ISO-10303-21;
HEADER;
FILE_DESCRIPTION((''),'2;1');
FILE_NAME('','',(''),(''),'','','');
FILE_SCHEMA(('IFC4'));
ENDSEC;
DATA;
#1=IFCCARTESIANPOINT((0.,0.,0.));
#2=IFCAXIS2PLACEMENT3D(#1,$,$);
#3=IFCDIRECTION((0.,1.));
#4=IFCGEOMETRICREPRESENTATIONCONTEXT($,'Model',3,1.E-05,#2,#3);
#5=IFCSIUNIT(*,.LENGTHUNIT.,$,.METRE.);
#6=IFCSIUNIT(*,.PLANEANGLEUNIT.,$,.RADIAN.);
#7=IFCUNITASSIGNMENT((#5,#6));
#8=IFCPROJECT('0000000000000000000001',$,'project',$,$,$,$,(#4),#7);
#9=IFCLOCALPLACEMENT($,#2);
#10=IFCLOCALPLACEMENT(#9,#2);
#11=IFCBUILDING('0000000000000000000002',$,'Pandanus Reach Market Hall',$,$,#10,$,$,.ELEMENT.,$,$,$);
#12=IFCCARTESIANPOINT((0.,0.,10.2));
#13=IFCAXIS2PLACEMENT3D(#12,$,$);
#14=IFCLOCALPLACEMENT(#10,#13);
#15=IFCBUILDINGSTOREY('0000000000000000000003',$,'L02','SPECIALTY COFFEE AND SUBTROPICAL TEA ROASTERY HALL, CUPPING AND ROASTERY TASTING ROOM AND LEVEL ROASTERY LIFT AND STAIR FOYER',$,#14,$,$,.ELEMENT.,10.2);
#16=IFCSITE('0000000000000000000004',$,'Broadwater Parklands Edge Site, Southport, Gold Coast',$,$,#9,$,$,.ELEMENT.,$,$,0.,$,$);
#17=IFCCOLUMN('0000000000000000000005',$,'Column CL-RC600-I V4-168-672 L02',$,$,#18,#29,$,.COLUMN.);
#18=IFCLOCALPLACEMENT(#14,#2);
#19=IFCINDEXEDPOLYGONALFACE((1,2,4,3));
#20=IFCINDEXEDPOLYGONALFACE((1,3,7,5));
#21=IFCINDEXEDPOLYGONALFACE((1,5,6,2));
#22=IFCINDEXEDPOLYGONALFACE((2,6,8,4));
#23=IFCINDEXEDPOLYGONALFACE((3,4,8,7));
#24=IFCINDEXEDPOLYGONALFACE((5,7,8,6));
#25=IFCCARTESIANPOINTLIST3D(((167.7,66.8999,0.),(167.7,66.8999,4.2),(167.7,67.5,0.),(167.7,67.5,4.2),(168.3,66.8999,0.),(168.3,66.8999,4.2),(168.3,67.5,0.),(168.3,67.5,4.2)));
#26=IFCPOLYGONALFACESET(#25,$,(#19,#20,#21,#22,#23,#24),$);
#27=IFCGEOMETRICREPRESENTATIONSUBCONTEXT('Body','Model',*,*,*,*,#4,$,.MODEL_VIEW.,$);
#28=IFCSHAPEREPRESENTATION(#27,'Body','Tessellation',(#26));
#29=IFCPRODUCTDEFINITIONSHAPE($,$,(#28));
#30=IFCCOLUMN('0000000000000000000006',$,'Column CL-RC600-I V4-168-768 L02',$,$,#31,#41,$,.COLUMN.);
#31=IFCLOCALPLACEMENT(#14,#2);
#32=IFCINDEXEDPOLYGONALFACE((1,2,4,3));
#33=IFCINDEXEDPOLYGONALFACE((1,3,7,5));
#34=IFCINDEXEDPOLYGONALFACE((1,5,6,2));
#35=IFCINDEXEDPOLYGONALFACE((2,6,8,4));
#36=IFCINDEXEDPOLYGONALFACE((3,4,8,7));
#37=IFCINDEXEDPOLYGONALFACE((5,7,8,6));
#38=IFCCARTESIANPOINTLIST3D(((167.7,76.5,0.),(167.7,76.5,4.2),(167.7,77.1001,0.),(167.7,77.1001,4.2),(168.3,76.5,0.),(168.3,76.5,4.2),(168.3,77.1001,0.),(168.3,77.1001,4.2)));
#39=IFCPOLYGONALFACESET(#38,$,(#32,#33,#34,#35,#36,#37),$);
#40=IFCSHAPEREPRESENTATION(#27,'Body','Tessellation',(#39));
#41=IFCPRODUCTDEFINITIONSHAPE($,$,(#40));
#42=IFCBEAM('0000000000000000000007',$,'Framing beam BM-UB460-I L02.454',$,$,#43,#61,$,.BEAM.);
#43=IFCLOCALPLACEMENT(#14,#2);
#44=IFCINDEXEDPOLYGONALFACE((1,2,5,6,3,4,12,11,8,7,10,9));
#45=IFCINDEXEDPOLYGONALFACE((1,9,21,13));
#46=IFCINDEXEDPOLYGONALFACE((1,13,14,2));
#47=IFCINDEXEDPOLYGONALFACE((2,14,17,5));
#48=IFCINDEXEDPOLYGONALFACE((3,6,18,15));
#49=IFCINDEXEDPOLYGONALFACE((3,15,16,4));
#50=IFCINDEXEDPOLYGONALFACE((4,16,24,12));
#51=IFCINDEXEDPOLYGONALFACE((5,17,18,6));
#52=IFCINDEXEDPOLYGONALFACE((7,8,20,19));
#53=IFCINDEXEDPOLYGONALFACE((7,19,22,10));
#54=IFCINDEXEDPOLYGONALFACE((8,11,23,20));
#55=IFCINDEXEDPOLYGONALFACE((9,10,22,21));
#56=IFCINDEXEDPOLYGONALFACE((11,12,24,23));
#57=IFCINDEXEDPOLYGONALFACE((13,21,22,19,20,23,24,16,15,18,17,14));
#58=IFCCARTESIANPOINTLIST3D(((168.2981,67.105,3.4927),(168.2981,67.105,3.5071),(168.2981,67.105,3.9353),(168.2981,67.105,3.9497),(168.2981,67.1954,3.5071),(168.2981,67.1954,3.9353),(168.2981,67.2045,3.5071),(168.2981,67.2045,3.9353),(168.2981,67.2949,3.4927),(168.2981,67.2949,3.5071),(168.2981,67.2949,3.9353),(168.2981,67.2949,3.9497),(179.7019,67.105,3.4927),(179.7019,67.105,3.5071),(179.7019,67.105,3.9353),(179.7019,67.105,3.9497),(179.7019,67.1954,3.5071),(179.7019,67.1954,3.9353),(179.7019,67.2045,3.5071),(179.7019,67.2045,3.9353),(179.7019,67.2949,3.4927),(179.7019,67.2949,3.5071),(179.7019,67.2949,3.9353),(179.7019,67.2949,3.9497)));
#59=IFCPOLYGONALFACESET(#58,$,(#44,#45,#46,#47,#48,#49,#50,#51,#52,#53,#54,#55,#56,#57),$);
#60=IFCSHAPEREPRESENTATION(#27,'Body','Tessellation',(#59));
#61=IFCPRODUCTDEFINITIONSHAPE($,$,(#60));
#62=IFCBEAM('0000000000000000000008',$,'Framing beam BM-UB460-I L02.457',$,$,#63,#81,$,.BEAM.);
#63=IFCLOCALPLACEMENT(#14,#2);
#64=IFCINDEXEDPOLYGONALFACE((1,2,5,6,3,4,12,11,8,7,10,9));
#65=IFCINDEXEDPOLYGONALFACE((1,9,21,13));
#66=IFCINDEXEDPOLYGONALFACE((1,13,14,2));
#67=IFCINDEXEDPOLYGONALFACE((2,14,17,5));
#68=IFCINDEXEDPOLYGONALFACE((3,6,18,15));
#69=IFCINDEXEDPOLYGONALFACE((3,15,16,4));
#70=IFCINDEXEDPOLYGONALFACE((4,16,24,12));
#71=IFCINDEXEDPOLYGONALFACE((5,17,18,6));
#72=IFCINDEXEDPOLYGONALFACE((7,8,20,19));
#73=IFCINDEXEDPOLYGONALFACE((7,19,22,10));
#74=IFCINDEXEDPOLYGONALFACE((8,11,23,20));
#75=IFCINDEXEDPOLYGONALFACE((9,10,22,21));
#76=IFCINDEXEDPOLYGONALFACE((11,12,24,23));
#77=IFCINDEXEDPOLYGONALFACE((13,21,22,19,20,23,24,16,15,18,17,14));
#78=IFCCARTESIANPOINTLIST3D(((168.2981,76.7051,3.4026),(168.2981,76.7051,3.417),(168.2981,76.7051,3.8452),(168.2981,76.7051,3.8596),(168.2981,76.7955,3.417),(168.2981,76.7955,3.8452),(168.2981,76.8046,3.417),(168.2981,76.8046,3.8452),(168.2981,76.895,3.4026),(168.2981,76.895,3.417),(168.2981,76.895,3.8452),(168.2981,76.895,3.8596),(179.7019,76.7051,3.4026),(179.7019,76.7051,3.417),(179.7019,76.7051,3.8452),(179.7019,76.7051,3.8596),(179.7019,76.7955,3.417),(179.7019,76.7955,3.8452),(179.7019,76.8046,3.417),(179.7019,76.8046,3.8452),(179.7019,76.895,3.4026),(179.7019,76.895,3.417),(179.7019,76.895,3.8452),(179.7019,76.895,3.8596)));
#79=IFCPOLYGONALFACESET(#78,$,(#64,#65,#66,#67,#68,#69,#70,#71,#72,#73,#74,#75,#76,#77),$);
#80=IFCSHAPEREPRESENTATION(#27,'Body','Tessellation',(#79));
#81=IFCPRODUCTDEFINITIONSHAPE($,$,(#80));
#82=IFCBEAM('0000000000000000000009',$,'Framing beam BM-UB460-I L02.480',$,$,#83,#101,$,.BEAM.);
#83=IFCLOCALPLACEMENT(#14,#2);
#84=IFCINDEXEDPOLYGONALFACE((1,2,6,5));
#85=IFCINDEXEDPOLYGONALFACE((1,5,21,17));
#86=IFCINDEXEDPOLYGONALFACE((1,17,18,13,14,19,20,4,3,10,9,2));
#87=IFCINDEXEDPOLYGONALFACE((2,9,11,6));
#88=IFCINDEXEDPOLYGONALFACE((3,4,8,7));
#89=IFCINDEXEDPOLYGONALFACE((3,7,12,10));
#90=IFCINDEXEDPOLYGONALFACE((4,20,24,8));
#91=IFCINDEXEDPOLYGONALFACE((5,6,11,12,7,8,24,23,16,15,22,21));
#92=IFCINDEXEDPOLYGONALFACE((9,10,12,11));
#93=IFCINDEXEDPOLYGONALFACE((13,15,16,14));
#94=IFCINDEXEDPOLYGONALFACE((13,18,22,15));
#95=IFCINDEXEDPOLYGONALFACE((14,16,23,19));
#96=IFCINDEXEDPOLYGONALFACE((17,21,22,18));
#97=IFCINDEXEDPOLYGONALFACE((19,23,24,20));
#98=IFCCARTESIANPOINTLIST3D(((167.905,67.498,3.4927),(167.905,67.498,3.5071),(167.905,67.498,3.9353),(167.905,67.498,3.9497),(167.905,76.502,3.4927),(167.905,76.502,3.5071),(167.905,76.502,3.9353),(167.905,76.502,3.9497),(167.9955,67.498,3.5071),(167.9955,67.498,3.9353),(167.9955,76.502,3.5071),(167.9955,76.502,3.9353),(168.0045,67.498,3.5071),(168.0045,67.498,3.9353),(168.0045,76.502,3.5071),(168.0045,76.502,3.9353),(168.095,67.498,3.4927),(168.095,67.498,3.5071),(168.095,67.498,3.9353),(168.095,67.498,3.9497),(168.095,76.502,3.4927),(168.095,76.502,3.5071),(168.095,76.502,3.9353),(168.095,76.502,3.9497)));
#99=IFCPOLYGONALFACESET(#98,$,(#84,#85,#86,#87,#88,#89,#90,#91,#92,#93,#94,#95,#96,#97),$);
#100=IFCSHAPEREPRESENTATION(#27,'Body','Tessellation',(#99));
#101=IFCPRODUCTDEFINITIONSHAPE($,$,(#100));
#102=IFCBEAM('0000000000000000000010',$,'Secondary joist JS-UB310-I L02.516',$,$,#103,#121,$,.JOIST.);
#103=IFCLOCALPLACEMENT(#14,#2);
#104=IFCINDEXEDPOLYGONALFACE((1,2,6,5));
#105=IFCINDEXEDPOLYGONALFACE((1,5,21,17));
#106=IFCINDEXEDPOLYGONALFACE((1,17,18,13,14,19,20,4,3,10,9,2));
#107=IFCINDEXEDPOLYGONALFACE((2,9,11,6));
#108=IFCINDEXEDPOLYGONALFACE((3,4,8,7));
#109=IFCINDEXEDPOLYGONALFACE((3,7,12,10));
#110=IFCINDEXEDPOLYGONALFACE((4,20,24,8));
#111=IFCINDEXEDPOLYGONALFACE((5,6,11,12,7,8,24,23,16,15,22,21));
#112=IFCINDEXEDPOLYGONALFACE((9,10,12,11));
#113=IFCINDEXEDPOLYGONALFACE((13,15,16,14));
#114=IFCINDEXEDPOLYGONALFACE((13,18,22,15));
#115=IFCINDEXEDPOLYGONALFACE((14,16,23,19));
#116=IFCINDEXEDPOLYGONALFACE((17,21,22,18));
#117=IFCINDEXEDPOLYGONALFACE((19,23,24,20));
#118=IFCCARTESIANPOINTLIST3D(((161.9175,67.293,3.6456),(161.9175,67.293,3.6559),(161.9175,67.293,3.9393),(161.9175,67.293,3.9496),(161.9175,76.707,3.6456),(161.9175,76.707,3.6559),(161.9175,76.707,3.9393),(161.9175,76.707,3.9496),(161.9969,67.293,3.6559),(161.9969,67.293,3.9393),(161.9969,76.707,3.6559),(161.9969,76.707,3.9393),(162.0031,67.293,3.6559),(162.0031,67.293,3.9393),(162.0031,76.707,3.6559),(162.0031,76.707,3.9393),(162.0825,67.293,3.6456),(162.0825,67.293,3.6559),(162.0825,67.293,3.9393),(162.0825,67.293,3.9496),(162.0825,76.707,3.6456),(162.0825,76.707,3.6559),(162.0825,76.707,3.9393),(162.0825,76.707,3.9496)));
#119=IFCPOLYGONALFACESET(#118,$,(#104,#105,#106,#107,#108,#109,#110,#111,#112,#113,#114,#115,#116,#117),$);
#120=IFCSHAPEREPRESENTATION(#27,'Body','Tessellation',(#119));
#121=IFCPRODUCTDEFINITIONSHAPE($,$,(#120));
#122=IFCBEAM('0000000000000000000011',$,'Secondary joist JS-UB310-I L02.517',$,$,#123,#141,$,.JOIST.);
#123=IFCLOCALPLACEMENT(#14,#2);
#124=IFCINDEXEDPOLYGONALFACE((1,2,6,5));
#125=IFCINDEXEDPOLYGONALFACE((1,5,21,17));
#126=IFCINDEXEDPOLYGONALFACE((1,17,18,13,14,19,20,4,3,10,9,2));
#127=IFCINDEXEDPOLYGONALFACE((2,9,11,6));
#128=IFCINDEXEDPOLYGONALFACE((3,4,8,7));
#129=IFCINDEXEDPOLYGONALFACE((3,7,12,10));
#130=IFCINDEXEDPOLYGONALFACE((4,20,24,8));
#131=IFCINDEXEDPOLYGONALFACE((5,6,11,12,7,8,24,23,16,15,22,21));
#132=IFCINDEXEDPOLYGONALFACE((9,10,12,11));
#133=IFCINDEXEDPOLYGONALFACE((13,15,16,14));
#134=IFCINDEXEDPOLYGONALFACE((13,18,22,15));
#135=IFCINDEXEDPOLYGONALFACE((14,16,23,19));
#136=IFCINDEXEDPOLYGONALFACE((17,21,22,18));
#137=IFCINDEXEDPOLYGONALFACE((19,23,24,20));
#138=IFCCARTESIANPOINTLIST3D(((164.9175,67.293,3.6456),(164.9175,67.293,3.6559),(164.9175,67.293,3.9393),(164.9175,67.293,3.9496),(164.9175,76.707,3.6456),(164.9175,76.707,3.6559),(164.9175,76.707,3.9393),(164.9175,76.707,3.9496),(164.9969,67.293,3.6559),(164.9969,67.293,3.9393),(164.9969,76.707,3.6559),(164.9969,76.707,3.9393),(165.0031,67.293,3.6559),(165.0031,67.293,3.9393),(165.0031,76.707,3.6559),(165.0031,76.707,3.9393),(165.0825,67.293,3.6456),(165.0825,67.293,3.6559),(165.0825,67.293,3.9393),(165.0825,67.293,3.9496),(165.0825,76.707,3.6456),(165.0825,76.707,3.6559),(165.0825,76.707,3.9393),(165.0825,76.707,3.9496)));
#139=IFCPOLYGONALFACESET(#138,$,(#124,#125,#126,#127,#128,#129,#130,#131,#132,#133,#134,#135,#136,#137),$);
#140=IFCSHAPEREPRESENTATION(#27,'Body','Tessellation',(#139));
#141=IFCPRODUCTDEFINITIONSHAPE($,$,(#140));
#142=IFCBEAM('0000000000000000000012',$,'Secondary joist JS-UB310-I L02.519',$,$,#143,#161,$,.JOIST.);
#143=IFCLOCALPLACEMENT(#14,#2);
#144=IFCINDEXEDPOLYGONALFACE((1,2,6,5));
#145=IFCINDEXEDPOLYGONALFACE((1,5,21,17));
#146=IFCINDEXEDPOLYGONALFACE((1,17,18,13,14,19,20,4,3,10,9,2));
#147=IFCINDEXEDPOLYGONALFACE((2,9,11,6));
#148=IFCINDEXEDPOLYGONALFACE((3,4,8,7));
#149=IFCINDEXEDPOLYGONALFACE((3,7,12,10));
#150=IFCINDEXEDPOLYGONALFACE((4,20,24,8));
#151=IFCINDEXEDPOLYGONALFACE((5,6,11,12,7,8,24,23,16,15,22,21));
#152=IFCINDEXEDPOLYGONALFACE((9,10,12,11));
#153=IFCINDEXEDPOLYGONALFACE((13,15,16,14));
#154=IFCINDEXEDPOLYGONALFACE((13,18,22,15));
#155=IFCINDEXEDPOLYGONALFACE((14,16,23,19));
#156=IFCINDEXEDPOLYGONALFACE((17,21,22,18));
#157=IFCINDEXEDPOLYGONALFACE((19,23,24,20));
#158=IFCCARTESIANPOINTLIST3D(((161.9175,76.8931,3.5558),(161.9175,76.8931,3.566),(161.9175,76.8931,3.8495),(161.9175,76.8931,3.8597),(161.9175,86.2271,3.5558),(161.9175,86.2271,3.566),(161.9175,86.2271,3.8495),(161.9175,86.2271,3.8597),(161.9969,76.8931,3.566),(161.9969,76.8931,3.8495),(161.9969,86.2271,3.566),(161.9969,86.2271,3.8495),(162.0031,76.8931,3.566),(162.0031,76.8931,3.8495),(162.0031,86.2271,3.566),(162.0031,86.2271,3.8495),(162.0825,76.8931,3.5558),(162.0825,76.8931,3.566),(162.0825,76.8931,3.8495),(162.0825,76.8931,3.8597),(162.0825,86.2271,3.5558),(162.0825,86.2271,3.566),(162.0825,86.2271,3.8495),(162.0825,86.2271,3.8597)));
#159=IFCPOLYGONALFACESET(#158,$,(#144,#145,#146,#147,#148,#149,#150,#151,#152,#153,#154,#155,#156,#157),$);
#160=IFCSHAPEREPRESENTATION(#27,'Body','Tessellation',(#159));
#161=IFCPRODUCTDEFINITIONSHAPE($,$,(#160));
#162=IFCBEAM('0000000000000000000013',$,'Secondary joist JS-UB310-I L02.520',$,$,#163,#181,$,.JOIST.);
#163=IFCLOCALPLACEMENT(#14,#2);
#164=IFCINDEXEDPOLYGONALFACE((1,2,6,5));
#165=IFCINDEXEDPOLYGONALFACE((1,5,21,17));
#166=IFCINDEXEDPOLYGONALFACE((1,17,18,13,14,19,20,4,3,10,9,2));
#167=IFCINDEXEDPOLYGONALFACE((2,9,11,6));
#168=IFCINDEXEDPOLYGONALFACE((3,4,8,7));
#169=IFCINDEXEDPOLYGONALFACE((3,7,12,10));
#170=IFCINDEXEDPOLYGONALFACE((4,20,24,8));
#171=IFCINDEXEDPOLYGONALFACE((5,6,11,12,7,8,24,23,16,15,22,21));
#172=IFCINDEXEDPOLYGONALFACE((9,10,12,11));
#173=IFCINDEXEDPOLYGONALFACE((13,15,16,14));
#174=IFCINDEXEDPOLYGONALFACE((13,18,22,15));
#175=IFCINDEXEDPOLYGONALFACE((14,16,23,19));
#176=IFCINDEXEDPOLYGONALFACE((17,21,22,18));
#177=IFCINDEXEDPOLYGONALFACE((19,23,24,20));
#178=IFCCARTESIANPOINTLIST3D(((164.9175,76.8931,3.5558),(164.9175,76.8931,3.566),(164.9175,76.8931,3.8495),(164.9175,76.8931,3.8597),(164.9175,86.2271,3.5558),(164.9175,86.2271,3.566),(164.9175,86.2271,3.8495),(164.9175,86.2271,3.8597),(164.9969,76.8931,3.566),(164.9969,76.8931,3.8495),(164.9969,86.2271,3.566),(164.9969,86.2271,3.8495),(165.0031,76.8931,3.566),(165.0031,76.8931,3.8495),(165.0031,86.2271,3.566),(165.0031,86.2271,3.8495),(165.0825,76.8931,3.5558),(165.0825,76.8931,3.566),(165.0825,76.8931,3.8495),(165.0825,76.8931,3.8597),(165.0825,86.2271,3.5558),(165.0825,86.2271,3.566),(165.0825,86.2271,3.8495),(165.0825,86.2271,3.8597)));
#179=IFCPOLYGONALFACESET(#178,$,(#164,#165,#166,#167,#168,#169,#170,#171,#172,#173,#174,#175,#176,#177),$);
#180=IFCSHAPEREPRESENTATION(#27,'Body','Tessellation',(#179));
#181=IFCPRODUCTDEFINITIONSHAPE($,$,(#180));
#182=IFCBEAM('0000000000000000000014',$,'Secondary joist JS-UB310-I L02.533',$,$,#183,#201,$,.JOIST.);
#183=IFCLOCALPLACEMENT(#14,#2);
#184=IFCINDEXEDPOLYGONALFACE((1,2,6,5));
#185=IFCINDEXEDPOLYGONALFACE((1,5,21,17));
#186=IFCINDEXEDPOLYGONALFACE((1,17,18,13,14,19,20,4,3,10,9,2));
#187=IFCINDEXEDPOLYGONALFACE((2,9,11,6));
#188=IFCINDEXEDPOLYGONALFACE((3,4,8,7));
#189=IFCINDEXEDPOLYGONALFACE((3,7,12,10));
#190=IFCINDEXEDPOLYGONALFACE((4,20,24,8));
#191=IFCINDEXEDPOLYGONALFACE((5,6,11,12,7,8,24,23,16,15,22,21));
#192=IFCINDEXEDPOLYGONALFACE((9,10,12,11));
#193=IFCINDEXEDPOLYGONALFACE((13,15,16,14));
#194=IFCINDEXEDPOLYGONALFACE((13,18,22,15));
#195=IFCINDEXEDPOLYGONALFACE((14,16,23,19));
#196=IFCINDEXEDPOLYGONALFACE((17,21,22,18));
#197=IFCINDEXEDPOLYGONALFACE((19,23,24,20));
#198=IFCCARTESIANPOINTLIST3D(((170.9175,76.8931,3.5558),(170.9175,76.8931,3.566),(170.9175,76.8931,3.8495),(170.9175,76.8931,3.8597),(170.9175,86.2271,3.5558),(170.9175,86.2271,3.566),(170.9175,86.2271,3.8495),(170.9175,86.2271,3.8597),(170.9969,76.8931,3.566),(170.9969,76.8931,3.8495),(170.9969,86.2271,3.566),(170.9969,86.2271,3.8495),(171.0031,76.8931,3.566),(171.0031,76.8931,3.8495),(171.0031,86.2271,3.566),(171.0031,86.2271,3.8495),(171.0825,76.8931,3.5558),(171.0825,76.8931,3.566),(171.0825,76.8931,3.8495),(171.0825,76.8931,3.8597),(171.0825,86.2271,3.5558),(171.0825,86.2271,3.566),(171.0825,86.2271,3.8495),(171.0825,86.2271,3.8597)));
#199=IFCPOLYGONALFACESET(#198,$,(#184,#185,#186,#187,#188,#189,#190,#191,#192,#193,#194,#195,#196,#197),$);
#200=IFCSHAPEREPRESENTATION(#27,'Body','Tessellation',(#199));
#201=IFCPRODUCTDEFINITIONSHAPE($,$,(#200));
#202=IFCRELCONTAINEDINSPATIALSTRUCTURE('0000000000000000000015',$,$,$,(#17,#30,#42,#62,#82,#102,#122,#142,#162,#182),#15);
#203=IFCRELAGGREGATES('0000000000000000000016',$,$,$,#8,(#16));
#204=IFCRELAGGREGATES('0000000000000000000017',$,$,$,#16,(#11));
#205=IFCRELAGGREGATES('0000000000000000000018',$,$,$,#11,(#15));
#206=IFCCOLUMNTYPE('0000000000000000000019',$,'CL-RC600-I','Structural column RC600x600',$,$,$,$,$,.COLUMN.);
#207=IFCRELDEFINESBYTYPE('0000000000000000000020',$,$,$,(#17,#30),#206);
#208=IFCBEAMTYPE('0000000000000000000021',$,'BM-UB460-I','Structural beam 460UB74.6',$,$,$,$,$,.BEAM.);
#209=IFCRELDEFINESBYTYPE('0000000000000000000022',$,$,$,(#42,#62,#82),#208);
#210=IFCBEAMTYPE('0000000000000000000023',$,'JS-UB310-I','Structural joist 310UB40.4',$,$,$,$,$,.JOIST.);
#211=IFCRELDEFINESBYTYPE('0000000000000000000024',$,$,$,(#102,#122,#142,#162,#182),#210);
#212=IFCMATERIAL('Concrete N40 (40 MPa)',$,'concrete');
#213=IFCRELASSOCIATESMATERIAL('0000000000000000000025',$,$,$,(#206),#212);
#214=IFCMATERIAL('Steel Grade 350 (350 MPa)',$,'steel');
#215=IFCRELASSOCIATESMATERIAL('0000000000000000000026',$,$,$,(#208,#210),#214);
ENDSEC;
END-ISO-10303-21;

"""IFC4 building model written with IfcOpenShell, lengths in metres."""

from ifc_helpers import new_model, si_unit, direction, frame, origin, origin_2d, place, context, subcontext, project, spatial, rectangle, i_section, extrude, material, material_profile, profile_set, type_object, element, save


model = new_model("IFC4")

# Units and contexts
model_context = context("Model", 3, precision=1e-05, world=origin(), true_north=direction((0.0, 1.0)))
body_context = subcontext(model_context, "Body", "Model", "MODEL_VIEW")
ifc_project = project(units=[si_unit("LENGTHUNIT", "METRE"), si_unit("PLANEANGLEUNIT", "RADIAN")], contexts=[model_context])

# Site, building, storey
site_placement = place(None, origin())
site = spatial("IfcSite", under=ifc_project, at=site_placement, Name="Broadwater Parklands Edge Site, Southport, Gold Coast", CompositionType="ELEMENT", RefElevation=0.0)
building_placement = place(site_placement, origin())
building = spatial("IfcBuilding", under=site, at=building_placement, Name="Pandanus Reach Market Hall", CompositionType="ELEMENT")
storey_placement = place(building_placement, frame((0.0, 0.0, 10.2)))
storey = spatial("IfcBuildingStorey", under=building, at=storey_placement, Name="L02", Description="SPECIALTY COFFEE AND SUBTROPICAL TEA ROASTERY HALL, CUPPING AND ROASTERY TASTING ROOM AND LEVEL ROASTERY LIFT AND STAIR FOYER", CompositionType="ELEMENT", Elevation=10.2)

# Columns
ifc_material_1 = material(Name="Concrete N40 (40 MPa)", Category="concrete")
ifc_material_profile_1 = material_profile(ifc_material_1, rectangle(XDim=0.6001, YDim=0.6001, at=origin_2d()), Name="RC600x600", Category="LoadBearing")
ifc_profile_set_1 = profile_set([ifc_material_profile_1], Name="Concrete N40 (40 MPa)")
column_type = type_object("IfcColumnType", Name="CL-RC600-I", Description="Structural column RC600x600", PredefinedType="COLUMN", material=ifc_profile_set_1)
for number, where, z_axis, x_axis, name in (
    (1, (168.0, 67.2, 0.0), (0.0, 0.0, 1.0), (1.0, 0.0, 0.0), "Column CL-RC600-I V4-168-672 L02"),
    (2, (168.0, 76.8, 0.0), (0.0, 0.0, 1.0), (1.0, 0.0, 0.0), "Column CL-RC600-I V4-168-768 L02"),
):
    element("IfcColumn", number, at=place(storey_placement, frame(where, z_axis=z_axis, x_axis=x_axis)), inside=storey, type_object=column_type, Name=name, PredefinedType="COLUMN", context=body_context, shape_type="SweptSolid", body=[
        extrude(rectangle(XDim=0.6001, YDim=0.6001, at=origin_2d()), origin(), (0.0, 0.0, 1.0), 4.2),
    ])

# Beams
ifc_material_2 = material(Name="Steel Grade 350 (350 MPa)", Category="steel")
ifc_material_profile_2 = material_profile(ifc_material_2, i_section(OverallWidth=0.1899, OverallDepth=0.457, WebThickness=0.009, FlangeThickness=0.0144, at=origin_2d()), Name="460UB74.6", Category="LoadBearing")
ifc_profile_set_2 = profile_set([ifc_material_profile_2], Name="Steel Grade 350 (350 MPa)")
beam_type_1 = type_object("IfcBeamType", Name="BM-UB460-I", Description="Structural beam 460UB74.6", PredefinedType="BEAM", material=ifc_profile_set_2)
for number, where, z_axis, x_axis, name in (
    (3, (168.2981, 67.2, 3.7212), (1.0, 0.0, 0.0), (0.0, 1.0, 0.0), "Framing beam BM-UB460-I L02.454"),
    (4, (168.2981, 76.8, 3.6311), (1.0, 0.0, 0.0), (0.0, 1.0, 0.0), "Framing beam BM-UB460-I L02.457"),
):
    element("IfcBeam", number, at=place(storey_placement, frame(where, z_axis=z_axis, x_axis=x_axis)), inside=storey, type_object=beam_type_1, Name=name, PredefinedType="BEAM", context=body_context, shape_type="SweptSolid", body=[
        extrude(i_section(OverallWidth=0.1899, OverallDepth=0.457, WebThickness=0.009, FlangeThickness=0.0144, at=origin_2d()), origin(), (0.0, 0.0, 1.0), 11.4038),
    ])
beam_placement = place(storey_placement, frame((168.0, 67.498, 3.7212), z_axis=(0.0, 1.0, 0.0), x_axis=(-1.0, 0.0, 0.0)))
element("IfcBeam", 5, at=beam_placement, inside=storey, type_object=beam_type_1, Name="Framing beam BM-UB460-I L02.480", PredefinedType="BEAM", context=body_context, shape_type="SweptSolid", body=[
    extrude(i_section(OverallWidth=0.1899, OverallDepth=0.457, WebThickness=0.009, FlangeThickness=0.0144, at=origin_2d()), origin(), (0.0, 0.0, 1.0), 9.0039),
])
ifc_material_profile_3 = material_profile(ifc_material_2, i_section(OverallWidth=0.165, OverallDepth=0.304, WebThickness=0.0061, FlangeThickness=0.0103, at=origin_2d()), Name="310UB40.4", Category="LoadBearing")
ifc_profile_set_3 = profile_set([ifc_material_profile_3], Name="Steel Grade 350 (350 MPa)")
beam_type_2 = type_object("IfcBeamType", Name="JS-UB310-I", Description="Structural joist 310UB40.4", PredefinedType="JOIST", material=ifc_profile_set_3)
for number, where, z_axis, x_axis, name in (
    (6, (162.0, 67.293, 3.7976), (0.0, 1.0, 0.0), (-1.0, 0.0, 0.0), "Secondary joist JS-UB310-I L02.516"),
    (7, (165.0, 67.293, 3.7976), (0.0, 1.0, 0.0), (-1.0, 0.0, 0.0), "Secondary joist JS-UB310-I L02.517"),
):
    element("IfcBeam", number, at=place(storey_placement, frame(where, z_axis=z_axis, x_axis=x_axis)), inside=storey, type_object=beam_type_2, Name=name, PredefinedType="JOIST", context=body_context, shape_type="SweptSolid", body=[
        extrude(i_section(OverallWidth=0.165, OverallDepth=0.304, WebThickness=0.0061, FlangeThickness=0.0103, at=origin_2d()), origin(), (0.0, 0.0, 1.0), 9.4141),
    ])
for number, where, z_axis, x_axis, name in (
    (8, (162.0, 76.8931, 3.7078), (0.0, 1.0, 0.0), (-1.0, 0.0, 0.0), "Secondary joist JS-UB310-I L02.519"),
    (9, (165.0, 76.8931, 3.7078), (0.0, 1.0, 0.0), (-1.0, 0.0, 0.0), "Secondary joist JS-UB310-I L02.520"),
    (10, (171.0, 76.8931, 3.7078), (0.0, 1.0, 0.0), (-1.0, 0.0, 0.0), "Secondary joist JS-UB310-I L02.533"),
):
    element("IfcBeam", number, at=place(storey_placement, frame(where, z_axis=z_axis, x_axis=x_axis)), inside=storey, type_object=beam_type_2, Name=name, PredefinedType="JOIST", context=body_context, shape_type="SweptSolid", body=[
        extrude(i_section(OverallWidth=0.165, OverallDepth=0.304, WebThickness=0.0061, FlangeThickness=0.0103, at=origin_2d()), origin(), (0.0, 0.0, 1.0), 9.334),
    ])

save(model, "model.ifc")
